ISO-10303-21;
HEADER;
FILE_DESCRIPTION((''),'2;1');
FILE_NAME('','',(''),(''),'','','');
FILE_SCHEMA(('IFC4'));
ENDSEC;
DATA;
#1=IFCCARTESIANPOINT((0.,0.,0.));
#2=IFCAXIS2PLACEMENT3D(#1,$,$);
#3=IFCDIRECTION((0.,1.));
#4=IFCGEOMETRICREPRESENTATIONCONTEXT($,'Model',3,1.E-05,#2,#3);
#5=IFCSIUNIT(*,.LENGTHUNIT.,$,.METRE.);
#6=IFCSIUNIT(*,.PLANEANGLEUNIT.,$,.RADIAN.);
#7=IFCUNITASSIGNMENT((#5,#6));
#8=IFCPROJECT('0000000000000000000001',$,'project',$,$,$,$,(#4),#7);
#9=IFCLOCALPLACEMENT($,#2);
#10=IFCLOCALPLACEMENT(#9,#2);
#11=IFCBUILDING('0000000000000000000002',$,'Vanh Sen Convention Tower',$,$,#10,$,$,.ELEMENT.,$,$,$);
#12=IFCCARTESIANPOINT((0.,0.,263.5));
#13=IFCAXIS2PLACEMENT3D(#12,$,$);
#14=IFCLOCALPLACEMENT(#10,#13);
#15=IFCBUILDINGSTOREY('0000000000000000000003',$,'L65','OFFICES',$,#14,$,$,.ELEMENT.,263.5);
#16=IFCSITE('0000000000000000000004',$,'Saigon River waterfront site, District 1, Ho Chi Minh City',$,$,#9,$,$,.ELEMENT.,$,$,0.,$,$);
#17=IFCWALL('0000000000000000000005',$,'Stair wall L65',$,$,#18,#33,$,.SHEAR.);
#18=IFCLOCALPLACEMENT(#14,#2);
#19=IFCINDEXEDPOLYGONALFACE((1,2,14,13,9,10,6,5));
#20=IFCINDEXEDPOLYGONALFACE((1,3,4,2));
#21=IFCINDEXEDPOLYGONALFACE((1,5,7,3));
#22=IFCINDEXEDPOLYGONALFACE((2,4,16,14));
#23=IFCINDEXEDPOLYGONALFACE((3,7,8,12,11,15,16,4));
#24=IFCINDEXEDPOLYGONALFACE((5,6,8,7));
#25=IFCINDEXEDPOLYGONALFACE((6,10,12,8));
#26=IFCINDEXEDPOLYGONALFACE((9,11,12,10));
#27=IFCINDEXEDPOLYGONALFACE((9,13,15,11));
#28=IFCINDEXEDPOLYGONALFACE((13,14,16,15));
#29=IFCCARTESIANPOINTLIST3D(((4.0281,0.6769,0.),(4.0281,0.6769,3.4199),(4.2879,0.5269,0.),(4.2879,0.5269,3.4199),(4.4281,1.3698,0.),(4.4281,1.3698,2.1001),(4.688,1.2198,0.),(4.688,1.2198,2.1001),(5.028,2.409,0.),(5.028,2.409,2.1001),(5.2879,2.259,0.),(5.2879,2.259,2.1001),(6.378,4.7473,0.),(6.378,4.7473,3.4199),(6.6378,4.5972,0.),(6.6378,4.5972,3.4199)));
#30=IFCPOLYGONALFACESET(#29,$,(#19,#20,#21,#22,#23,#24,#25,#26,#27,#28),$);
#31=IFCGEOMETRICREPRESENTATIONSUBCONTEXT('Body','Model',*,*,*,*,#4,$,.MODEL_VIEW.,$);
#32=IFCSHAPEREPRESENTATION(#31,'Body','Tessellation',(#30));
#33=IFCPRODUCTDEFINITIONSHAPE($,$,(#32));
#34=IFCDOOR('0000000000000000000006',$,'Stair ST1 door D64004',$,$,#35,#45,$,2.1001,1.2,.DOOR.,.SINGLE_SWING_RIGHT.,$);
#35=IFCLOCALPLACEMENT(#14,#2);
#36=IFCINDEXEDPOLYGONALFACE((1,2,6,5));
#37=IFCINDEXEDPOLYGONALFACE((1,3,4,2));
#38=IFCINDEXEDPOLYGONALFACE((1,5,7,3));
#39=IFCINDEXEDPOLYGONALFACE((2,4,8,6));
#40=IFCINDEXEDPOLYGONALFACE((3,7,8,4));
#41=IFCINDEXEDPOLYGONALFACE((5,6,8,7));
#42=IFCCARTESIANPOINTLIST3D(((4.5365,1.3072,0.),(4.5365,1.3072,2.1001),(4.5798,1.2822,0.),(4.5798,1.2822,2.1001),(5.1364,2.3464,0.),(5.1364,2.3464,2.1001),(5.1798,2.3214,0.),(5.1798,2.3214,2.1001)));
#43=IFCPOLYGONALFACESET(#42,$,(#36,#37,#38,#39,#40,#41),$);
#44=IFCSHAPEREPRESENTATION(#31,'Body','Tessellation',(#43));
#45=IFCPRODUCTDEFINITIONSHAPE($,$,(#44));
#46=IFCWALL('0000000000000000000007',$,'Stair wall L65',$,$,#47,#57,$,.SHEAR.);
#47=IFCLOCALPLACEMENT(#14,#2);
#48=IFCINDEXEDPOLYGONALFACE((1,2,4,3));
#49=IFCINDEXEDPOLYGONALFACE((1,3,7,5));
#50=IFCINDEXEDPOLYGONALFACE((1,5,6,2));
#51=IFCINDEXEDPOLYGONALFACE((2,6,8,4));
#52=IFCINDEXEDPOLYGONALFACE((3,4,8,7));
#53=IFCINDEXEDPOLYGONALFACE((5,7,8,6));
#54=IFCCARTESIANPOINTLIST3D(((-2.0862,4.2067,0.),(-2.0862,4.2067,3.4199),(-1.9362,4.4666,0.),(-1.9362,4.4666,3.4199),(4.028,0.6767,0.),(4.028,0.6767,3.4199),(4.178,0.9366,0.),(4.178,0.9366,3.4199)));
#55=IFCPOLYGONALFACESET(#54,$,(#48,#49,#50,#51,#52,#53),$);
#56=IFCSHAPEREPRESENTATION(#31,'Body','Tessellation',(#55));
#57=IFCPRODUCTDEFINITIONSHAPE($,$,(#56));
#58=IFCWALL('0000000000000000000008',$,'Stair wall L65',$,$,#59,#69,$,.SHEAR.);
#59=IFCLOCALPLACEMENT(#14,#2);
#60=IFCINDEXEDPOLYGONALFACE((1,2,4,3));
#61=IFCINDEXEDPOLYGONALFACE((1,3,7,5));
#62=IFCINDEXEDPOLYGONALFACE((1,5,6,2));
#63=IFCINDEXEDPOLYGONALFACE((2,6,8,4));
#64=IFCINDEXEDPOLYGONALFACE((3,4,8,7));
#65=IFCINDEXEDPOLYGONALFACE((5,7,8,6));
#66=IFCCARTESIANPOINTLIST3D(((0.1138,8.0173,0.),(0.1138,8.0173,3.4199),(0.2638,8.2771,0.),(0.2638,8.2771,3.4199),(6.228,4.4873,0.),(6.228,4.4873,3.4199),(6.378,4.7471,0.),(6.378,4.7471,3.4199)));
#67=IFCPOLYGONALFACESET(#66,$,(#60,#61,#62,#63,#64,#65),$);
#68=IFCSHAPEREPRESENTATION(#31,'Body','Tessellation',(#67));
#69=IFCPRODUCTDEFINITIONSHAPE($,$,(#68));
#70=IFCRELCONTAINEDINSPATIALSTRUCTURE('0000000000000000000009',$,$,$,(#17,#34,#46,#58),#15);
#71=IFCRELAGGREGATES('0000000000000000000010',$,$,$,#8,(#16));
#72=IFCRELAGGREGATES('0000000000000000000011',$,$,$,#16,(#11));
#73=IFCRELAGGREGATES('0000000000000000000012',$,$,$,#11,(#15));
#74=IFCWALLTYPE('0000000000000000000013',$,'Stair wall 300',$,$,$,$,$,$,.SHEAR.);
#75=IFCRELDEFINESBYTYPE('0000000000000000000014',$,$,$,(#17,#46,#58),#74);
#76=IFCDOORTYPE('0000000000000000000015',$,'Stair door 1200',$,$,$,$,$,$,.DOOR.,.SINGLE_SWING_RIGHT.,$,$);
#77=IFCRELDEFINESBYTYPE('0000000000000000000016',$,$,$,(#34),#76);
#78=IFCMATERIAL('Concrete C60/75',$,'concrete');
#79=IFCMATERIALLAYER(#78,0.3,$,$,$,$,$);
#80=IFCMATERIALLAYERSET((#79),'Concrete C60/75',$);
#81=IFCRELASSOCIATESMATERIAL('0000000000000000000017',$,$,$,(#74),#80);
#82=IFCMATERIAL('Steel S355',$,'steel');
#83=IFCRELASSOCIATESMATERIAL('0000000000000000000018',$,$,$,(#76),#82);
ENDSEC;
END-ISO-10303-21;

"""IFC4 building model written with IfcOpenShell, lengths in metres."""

from ifc_helpers import new_model, si_unit, direction, frame, frame_2d, origin, place, context, subcontext, project, spatial, rectangle, extrude, material, layer, layer_set, type_object, element, fill, save


model = new_model("IFC4")

# Units and contexts
model_context = context("Model", 3, precision=1e-05, world=origin(), true_north=direction((0.0, 1.0)))
body_context = subcontext(model_context, "Body", "Model", "MODEL_VIEW")
ifc_project = project(units=[si_unit("LENGTHUNIT", "METRE"), si_unit("PLANEANGLEUNIT", "RADIAN")], contexts=[model_context])

# Site, building, storey
site_placement = place(None, origin())
site = spatial("IfcSite", under=ifc_project, at=site_placement, Name="Saigon River waterfront site, District 1, Ho Chi Minh City", CompositionType="ELEMENT", RefElevation=0.0)
building_placement = place(site_placement, origin())
building = spatial("IfcBuilding", under=site, at=building_placement, Name="Vanh Sen Convention Tower", CompositionType="ELEMENT")
storey_placement = place(building_placement, frame((0.0, 0.0, 263.5)))
storey = spatial("IfcBuildingStorey", under=building, at=storey_placement, Name="L65", Description="OFFICES", CompositionType="ELEMENT", Elevation=263.5)

# Shared definitions
ifc_material_1 = material(Name="Concrete C60/75", Category="concrete")
ifc_material_2 = material(Name="Steel S355", Category="steel")

# Wall, opening, door
ifc_layer_1 = layer(ifc_material_1, 0.3)
ifc_layer_set_1 = layer_set([ifc_layer_1], Name="Concrete C60/75")
wall_type_1 = type_object("IfcWallType", Name="Stair wall 300", PredefinedType="SHEAR", material=ifc_layer_set_1)
wall_1_placement = place(storey_placement, frame((4.158, 0.6018, 0.0), z_axis=(0.0, 0.0, 1.0), x_axis=(0.499977, 0.866039, 0.0)))
wall_1 = element("IfcWall", 1, at=wall_1_placement, inside=storey, type_object=wall_type_1, Name="Stair wall L65", PredefinedType="SHEAR", context=body_context, shape_type="SweptSolid", body=[
    extrude(rectangle(XDim=4.7, YDim=0.3, at=frame_2d((2.3501, 0.0))), origin(), (0.0, 0.0, 1.0), 3.4199),
])
opening_1_placement = place(wall_1_placement, frame((0.8, 0.0, 0.0)))
opening_1 = element("IfcOpeningElement", 2, at=opening_1_placement, cuts=wall_1, PredefinedType="OPENING", context=body_context, shape_type="SweptSolid", body=[
    extrude(rectangle(XDim=1.2, YDim=2.1001, at=frame_2d((0.6001, 1.05))), frame((0.0, 0.1599, 0.0), z_axis=(0.0, -1.0, 0.0), x_axis=(1.0, 0.0, 0.0)), (0.0, 0.0, 1.0), 0.3201),
])
door_type_1 = type_object("IfcDoorType", Name="Stair door 1200", OperationType="SINGLE_SWING_RIGHT", PredefinedType="DOOR", material=ifc_material_2)
door_1_placement = place(opening_1_placement, origin())
door_1 = element("IfcDoor", 3, at=door_1_placement, inside=storey, type_object=door_type_1, Name="Stair ST1 door D64004", OperationType="SINGLE_SWING_RIGHT", OverallHeight=2.1001, OverallWidth=1.2, PredefinedType="DOOR", context=body_context, shape_type="SweptSolid", body=[
    extrude(rectangle(XDim=1.2, YDim=2.1001, at=frame_2d((0.6001, 1.05))), frame((0.0, 0.0249, 0.0), z_axis=(0.0, -1.0, 0.0), x_axis=(1.0, 0.0, 0.0)), (0.0, 0.0, 1.0), 0.05),
])
fill(opening_1, door_1)

# Walls
for number, where, z_axis, x_axis, name in (
    (4, (4.103, 0.8066, 0.0), (0.0, 0.0, 1.0), (-0.866028, 0.499996, 0.0), "Stair wall L65"),
    (5, (6.303, 4.6172, 0.0), (0.0, 0.0, 1.0), (-0.866028, 0.499996, 0.0), "Stair wall L65"),
):
    element("IfcWall", number, at=place(storey_placement, frame(where, z_axis=z_axis, x_axis=x_axis)), inside=storey, type_object=wall_type_1, Name=name, PredefinedType="SHEAR", context=body_context, shape_type="SweptSolid", body=[
        extrude(rectangle(XDim=7.0601, YDim=0.3, at=frame_2d((3.53, 0.0))), origin(), (0.0, 0.0, 1.0), 3.4199),
    ])

save(model, "model.ifc")
